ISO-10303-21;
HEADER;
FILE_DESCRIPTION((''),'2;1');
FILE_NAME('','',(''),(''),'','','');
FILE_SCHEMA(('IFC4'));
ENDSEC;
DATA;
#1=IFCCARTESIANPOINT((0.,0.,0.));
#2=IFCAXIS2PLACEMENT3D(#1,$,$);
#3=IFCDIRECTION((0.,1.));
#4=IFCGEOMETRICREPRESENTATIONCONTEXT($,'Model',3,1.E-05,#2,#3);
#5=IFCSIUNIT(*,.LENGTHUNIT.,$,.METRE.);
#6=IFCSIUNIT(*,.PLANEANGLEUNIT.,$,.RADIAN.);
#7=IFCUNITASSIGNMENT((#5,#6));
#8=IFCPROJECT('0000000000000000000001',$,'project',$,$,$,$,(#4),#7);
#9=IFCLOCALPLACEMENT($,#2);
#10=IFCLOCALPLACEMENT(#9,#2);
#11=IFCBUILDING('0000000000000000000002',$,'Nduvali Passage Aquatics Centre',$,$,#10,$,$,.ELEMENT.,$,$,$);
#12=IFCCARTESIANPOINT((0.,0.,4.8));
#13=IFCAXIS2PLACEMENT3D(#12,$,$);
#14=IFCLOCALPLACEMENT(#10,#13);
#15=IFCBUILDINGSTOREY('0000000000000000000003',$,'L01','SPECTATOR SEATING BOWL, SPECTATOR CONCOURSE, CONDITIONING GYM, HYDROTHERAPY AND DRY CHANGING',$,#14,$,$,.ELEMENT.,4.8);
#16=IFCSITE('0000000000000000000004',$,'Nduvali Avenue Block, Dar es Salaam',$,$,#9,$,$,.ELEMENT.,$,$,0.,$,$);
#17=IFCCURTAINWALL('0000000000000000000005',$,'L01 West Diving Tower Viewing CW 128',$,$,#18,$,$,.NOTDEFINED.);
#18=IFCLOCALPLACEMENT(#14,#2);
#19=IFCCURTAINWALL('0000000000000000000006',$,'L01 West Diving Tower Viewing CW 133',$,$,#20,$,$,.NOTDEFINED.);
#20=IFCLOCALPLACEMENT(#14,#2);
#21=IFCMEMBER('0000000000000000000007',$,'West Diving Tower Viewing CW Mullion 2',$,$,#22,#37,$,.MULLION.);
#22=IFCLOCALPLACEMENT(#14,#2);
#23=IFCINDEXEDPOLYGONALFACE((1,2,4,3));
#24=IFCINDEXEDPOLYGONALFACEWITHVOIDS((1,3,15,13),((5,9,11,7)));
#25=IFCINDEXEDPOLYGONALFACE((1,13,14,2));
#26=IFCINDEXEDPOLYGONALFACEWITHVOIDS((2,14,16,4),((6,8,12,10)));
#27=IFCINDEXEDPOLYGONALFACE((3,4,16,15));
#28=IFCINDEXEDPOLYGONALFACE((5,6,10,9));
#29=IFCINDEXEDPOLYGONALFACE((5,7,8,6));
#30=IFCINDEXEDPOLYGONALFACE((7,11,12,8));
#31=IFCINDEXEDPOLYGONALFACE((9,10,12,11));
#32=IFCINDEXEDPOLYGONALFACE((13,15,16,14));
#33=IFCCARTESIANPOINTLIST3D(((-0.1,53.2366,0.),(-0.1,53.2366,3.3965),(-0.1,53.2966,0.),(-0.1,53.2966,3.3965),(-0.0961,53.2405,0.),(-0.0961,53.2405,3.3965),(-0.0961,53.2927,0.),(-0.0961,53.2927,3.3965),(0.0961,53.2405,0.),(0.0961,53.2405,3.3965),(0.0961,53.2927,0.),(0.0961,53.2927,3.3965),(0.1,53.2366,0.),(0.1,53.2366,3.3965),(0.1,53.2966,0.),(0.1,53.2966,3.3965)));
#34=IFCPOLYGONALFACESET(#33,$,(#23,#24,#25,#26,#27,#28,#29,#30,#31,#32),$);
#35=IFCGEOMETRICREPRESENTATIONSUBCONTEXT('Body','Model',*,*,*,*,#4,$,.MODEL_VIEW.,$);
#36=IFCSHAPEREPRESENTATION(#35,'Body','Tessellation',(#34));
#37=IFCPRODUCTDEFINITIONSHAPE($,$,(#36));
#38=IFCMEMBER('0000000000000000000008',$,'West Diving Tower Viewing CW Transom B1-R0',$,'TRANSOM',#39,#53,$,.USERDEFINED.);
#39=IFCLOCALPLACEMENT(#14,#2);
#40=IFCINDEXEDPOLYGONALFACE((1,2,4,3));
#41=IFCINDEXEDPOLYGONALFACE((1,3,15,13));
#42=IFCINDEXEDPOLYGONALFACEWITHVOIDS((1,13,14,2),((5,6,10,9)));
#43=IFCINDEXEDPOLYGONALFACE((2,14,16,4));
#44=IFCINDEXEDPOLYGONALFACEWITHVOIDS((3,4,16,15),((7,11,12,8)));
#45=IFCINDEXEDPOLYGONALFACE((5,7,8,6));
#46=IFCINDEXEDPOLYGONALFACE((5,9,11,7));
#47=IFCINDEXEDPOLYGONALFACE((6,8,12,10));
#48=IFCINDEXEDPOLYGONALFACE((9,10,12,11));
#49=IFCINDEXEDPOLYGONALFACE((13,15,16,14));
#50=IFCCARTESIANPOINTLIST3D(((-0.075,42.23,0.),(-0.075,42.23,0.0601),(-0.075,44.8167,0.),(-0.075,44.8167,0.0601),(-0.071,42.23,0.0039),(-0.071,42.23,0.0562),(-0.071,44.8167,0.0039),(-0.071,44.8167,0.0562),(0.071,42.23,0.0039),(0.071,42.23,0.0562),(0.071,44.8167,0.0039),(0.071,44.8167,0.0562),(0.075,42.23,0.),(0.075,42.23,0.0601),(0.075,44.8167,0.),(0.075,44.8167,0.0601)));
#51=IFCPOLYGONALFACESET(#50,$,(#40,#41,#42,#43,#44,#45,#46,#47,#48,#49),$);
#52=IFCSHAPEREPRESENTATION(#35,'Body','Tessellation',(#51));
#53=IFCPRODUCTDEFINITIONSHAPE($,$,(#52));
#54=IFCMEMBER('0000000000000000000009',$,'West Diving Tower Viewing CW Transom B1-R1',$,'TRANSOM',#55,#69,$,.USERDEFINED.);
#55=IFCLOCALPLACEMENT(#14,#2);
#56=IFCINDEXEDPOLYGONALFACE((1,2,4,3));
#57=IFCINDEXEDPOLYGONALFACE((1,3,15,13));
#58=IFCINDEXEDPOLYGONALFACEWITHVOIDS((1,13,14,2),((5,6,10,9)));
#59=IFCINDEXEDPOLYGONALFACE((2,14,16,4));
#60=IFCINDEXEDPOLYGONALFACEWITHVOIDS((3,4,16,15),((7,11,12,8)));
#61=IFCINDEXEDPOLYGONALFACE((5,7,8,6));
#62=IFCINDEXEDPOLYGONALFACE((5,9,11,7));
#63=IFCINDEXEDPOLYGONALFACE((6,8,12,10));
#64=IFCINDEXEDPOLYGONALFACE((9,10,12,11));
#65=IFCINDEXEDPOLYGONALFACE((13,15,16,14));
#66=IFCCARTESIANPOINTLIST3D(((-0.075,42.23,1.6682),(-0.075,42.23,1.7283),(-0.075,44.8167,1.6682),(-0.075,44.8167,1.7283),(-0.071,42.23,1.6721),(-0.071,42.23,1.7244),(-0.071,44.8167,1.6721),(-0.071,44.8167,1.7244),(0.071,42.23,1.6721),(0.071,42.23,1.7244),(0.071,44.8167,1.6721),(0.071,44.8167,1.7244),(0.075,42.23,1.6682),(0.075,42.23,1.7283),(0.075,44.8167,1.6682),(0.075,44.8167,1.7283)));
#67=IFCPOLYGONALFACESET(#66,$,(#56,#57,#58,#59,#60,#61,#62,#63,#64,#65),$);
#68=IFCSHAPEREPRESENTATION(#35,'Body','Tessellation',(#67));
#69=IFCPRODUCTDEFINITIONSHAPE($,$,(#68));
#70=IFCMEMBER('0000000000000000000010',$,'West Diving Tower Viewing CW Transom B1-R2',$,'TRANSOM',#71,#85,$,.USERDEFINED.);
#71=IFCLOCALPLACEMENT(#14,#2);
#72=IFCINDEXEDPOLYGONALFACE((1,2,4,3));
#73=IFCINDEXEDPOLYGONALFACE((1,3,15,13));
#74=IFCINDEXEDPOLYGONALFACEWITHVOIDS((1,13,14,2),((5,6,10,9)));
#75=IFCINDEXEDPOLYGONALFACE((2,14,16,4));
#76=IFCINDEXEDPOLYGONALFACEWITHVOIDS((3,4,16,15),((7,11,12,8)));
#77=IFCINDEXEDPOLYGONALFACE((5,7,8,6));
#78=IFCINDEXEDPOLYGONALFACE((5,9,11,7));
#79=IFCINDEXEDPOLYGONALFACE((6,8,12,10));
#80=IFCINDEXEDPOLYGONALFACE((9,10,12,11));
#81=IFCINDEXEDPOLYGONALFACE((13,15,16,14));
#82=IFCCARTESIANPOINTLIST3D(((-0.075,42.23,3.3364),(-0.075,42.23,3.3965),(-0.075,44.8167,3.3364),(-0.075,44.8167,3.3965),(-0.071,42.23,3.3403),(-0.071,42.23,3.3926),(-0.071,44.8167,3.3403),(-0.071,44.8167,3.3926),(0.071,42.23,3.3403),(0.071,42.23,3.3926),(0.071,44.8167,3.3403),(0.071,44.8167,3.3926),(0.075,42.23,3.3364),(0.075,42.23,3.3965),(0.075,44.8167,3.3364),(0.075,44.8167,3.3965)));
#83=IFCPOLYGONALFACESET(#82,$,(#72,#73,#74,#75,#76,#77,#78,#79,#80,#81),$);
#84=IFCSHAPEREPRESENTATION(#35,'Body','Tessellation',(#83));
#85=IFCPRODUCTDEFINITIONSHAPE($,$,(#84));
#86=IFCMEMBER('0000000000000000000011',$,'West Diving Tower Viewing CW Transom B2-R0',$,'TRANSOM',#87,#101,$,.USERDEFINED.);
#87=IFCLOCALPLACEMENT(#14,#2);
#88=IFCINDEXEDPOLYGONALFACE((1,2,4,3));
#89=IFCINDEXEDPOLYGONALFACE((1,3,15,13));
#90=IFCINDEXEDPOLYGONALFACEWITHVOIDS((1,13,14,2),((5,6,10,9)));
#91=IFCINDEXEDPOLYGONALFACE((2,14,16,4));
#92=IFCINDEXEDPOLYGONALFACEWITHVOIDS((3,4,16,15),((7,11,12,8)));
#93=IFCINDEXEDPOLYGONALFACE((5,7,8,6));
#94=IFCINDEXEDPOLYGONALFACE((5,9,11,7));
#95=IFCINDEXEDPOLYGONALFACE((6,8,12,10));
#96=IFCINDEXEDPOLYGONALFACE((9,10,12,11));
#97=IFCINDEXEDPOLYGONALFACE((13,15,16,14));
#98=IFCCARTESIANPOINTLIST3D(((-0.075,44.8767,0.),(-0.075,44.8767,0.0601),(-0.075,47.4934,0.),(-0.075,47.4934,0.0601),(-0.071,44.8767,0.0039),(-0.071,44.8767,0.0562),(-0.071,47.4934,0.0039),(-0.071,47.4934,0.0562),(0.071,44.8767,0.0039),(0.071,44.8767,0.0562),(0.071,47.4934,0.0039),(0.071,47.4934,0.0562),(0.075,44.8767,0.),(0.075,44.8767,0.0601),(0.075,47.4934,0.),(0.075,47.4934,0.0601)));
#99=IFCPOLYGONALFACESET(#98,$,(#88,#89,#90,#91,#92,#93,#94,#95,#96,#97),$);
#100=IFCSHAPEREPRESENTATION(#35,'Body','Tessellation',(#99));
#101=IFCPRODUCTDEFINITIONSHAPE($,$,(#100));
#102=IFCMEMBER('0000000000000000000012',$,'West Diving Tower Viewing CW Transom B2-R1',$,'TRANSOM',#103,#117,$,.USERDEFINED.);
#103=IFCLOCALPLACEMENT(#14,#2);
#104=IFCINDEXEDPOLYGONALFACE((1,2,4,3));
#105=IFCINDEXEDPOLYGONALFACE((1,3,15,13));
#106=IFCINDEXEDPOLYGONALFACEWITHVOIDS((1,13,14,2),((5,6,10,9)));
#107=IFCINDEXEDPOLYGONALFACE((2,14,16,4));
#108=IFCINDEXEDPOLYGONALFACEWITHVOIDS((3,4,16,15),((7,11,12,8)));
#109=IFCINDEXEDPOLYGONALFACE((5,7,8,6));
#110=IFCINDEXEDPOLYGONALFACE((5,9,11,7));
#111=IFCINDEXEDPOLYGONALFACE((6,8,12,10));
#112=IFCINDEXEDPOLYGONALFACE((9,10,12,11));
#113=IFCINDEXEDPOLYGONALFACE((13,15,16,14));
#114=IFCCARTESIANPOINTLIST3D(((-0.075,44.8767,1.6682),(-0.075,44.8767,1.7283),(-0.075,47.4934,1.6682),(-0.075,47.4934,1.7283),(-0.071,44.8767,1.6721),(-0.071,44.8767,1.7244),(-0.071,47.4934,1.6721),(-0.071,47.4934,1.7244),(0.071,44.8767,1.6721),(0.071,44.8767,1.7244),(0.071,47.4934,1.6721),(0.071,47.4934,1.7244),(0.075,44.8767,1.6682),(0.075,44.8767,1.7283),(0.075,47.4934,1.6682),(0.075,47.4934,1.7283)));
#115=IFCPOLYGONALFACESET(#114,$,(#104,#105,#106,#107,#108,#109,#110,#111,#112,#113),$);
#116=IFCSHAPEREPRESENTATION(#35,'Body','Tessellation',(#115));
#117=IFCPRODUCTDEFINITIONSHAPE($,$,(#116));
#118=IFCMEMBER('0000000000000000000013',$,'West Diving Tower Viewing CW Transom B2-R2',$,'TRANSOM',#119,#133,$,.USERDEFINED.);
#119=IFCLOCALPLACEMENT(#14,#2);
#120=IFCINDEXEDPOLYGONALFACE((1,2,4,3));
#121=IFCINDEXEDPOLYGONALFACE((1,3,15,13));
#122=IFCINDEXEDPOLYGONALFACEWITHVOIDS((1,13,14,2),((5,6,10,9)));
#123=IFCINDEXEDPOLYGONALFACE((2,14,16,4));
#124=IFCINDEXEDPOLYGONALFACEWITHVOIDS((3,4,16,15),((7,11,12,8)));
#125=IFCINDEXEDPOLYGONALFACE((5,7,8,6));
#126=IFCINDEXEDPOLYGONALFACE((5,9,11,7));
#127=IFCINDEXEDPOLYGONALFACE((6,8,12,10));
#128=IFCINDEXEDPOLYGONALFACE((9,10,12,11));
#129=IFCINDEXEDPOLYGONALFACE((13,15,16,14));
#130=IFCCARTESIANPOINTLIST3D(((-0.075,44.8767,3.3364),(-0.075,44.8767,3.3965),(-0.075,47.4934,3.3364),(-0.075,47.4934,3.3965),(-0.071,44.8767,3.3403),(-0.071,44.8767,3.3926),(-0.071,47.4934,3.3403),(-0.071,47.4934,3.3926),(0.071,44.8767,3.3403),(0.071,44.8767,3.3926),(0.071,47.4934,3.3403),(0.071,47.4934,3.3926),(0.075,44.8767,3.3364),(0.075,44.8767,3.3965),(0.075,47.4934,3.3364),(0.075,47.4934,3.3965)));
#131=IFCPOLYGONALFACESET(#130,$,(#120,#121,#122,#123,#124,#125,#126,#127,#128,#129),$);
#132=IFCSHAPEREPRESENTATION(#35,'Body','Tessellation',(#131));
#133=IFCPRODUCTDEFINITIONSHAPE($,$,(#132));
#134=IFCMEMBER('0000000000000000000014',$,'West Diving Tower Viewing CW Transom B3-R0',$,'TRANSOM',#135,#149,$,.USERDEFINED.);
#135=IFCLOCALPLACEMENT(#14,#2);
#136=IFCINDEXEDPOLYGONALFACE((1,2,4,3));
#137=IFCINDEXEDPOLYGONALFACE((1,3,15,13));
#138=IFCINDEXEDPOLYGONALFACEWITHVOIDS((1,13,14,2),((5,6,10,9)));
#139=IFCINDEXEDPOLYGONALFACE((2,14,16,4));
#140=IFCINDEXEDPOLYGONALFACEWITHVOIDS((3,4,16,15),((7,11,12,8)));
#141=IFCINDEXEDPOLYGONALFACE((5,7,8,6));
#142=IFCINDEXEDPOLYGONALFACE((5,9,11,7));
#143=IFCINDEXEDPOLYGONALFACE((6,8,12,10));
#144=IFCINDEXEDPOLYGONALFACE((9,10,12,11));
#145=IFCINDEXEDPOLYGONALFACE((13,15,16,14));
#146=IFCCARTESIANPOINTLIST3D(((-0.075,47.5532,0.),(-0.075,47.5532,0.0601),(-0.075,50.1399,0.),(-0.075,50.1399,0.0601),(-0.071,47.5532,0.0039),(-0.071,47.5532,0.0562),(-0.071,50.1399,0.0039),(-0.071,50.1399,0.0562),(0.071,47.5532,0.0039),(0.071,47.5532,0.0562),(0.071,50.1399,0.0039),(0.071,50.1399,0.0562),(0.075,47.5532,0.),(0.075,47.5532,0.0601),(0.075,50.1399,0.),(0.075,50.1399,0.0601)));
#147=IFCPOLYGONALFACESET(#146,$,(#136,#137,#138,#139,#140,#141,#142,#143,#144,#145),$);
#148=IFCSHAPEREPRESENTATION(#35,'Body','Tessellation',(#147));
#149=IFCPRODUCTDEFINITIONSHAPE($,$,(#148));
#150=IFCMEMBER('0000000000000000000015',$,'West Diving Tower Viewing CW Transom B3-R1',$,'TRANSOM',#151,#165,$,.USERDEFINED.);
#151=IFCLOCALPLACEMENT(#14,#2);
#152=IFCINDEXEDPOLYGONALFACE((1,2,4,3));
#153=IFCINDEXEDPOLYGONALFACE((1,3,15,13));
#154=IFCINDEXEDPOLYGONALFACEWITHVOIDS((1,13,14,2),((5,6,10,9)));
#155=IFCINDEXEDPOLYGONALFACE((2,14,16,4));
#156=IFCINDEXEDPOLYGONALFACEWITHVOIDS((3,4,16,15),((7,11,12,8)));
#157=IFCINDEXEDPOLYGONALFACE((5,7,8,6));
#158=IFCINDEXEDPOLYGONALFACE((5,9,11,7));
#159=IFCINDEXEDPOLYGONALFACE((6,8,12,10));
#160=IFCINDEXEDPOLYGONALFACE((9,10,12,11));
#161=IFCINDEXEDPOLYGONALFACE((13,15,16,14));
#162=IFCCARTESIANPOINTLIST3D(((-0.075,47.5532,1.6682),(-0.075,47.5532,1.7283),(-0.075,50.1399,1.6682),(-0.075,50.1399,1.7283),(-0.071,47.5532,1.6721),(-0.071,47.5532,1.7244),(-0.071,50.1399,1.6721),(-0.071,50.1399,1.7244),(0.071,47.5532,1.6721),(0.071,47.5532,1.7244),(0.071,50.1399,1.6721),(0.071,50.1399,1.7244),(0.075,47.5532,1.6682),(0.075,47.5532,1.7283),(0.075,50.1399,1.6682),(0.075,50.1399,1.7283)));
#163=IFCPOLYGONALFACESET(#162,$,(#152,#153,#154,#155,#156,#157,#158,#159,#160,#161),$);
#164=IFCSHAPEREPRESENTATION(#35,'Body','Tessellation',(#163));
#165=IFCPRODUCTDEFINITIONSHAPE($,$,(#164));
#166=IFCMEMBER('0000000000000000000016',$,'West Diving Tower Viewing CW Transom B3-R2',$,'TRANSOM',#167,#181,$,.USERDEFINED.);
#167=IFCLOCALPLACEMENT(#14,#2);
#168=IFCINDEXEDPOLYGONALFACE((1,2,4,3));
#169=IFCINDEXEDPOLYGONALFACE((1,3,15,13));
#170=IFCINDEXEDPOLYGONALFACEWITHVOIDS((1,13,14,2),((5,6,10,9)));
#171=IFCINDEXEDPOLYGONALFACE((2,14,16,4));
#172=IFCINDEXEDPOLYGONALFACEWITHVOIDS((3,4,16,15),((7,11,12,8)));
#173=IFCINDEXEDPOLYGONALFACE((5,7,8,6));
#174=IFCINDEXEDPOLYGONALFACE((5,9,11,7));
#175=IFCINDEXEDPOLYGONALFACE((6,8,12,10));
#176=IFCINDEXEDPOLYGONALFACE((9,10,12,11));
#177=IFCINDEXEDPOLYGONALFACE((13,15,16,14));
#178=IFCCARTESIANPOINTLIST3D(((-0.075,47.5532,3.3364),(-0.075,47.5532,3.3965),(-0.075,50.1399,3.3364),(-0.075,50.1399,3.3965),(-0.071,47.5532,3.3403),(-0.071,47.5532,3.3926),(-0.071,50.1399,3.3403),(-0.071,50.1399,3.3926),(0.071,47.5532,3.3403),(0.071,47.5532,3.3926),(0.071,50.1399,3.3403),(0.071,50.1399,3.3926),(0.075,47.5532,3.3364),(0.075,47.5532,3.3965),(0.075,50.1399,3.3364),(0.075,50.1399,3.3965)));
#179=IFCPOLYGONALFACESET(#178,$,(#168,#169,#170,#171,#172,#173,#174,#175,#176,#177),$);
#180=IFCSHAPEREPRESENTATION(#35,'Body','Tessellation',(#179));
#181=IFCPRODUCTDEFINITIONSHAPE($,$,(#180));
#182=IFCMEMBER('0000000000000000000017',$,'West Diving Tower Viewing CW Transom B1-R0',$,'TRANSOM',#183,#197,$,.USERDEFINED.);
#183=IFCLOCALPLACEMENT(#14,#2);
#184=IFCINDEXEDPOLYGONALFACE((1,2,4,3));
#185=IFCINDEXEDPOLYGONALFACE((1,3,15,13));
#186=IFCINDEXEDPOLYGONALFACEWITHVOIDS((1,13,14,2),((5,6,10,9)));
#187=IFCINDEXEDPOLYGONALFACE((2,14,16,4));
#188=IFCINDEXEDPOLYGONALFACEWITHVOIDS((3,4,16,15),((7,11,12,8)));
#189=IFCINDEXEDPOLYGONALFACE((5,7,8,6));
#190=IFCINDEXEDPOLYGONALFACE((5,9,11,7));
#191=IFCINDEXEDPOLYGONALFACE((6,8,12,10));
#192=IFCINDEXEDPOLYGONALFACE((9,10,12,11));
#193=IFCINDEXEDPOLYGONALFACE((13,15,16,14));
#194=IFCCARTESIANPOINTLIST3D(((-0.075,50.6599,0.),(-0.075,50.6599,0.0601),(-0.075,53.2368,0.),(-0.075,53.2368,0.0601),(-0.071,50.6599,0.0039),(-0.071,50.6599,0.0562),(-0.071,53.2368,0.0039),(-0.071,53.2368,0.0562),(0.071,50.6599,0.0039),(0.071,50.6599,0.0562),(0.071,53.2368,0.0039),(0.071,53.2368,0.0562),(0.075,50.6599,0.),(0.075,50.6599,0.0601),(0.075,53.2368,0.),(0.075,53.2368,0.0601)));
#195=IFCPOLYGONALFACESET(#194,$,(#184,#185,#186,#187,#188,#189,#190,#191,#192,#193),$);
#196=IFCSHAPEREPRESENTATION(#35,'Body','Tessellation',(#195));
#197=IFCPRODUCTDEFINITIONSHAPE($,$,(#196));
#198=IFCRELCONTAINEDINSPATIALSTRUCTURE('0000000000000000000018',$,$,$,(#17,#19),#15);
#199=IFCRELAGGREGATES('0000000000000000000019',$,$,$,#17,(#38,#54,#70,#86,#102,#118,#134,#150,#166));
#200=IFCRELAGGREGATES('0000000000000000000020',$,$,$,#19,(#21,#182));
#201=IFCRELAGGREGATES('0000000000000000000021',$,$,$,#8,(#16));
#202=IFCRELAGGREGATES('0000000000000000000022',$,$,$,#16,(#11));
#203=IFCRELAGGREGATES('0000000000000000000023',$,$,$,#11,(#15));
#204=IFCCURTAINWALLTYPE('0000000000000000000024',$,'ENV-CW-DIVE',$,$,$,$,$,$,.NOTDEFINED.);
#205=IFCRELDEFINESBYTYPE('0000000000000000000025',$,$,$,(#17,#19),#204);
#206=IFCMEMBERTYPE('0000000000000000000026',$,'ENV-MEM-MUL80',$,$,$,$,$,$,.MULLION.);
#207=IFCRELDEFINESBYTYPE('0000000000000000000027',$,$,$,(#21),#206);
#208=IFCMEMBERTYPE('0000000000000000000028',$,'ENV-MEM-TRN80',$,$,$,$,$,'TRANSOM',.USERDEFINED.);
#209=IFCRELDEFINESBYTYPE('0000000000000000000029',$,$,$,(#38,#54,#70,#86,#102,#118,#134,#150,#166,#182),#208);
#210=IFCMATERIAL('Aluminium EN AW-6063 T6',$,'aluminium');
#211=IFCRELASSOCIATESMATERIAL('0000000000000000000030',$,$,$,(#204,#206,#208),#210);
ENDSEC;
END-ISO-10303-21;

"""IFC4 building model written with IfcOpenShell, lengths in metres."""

from ifc_helpers import new_model, si_unit, direction, frame, origin, origin_2d, place, context, subcontext, project, spatial, hollow_rectangle, extrude, material, material_profile, profile_set, type_object, element, aggregate, save


model = new_model("IFC4")

# Units and contexts
model_context = context("Model", 3, precision=1e-05, world=origin(), true_north=direction((0.0, 1.0)))
body_context = subcontext(model_context, "Body", "Model", "MODEL_VIEW")
ifc_project = project(units=[si_unit("LENGTHUNIT", "METRE"), si_unit("PLANEANGLEUNIT", "RADIAN")], contexts=[model_context])

# Site, building, storey
site_placement = place(None, origin())
site = spatial("IfcSite", under=ifc_project, at=site_placement, Name="Nduvali Avenue Block, Dar es Salaam", CompositionType="ELEMENT", RefElevation=0.0)
building_placement = place(site_placement, origin())
building = spatial("IfcBuilding", under=site, at=building_placement, Name="Nduvali Passage Aquatics Centre", CompositionType="ELEMENT")
storey_placement = place(building_placement, frame((0.0, 0.0, 4.8)))
storey = spatial("IfcBuildingStorey", under=building, at=storey_placement, Name="L01", Description="SPECTATOR SEATING BOWL, SPECTATOR CONCOURSE, CONDITIONING GYM, HYDROTHERAPY AND DRY CHANGING", CompositionType="ELEMENT", Elevation=4.8)

# Curtain walls, member
ifc_material_1 = material(Name="Aluminium EN AW-6063 T6", Category="aluminium")
curtain_wall_type = type_object("IfcCurtainWallType", Name="ENV-CW-DIVE", PredefinedType="NOTDEFINED", material=ifc_material_1)
curtain_wall_1_placement = place(storey_placement, origin())
curtain_wall_1 = element("IfcCurtainWall", 1, at=curtain_wall_1_placement, inside=storey, type_object=curtain_wall_type, Name="L01 West Diving Tower Viewing CW 128", PredefinedType="NOTDEFINED")
ifc_material_profile_1 = material_profile(ifc_material_1, hollow_rectangle(XDim=0.0601, YDim=0.2, WallThickness=0.0039, at=origin_2d()), Name="ALU MULLION 60x200x4")
ifc_profile_set_1 = profile_set([ifc_material_profile_1], Name="Aluminium EN AW-6063 T6")
member_type_1 = type_object("IfcMemberType", Name="ENV-MEM-MUL80", PredefinedType="MULLION", material=ifc_profile_set_1)
curtain_wall_2_placement = place(storey_placement, origin())
curtain_wall_2 = element("IfcCurtainWall", 2, at=curtain_wall_2_placement, inside=storey, type_object=curtain_wall_type, Name="L01 West Diving Tower Viewing CW 133", PredefinedType="NOTDEFINED")
member_1_placement = place(storey_placement, frame((0.0, 53.2666, 0.0), z_axis=(0.0, 0.0, 1.0), x_axis=(0.0, 1.0, 0.0)))
member_1 = element("IfcMember", 3, at=member_1_placement, type_object=member_type_1, Name="West Diving Tower Viewing CW Mullion 2", PredefinedType="MULLION", context=body_context, shape_type="SweptSolid", body=[
    extrude(hollow_rectangle(XDim=0.0601, YDim=0.2, WallThickness=0.0039, at=origin_2d()), origin(), (0.0, 0.0, 1.0), 3.3965),
])

# Members
ifc_material_profile_2 = material_profile(ifc_material_1, hollow_rectangle(XDim=0.1499, YDim=0.0601, WallThickness=0.0039, at=origin_2d()), Name="ALU TRANSOM 150x60x4")
ifc_profile_set_2 = profile_set([ifc_material_profile_2], Name="Aluminium EN AW-6063 T6")
member_type_2 = type_object("IfcMemberType", Name="ENV-MEM-TRN80", ElementType="TRANSOM", PredefinedType="USERDEFINED", material=ifc_profile_set_2)
member_2_placement = place(storey_placement, frame((0.0, 42.23, 0.03), z_axis=(0.0, 1.0, 0.0), x_axis=(-1.0, 0.0, 0.0)))
member_2 = element("IfcMember", 4, at=member_2_placement, type_object=member_type_2, Name="West Diving Tower Viewing CW Transom B1-R0", ObjectType="TRANSOM", PredefinedType="USERDEFINED", context=body_context, shape_type="SweptSolid", body=[
    extrude(hollow_rectangle(XDim=0.1499, YDim=0.0601, WallThickness=0.0039, at=origin_2d()), origin(), (0.0, 0.0, 1.0), 2.5867),
])
member_3_placement = place(storey_placement, frame((0.0, 42.23, 1.6982), z_axis=(0.0, 1.0, 0.0), x_axis=(-1.0, 0.0, 0.0)))
member_3 = element("IfcMember", 5, at=member_3_placement, type_object=member_type_2, Name="West Diving Tower Viewing CW Transom B1-R1", ObjectType="TRANSOM", PredefinedType="USERDEFINED", context=body_context, shape_type="SweptSolid", body=[
    extrude(hollow_rectangle(XDim=0.1499, YDim=0.0601, WallThickness=0.0039, at=origin_2d()), origin(), (0.0, 0.0, 1.0), 2.5867),
])
member_4_placement = place(storey_placement, frame((0.0, 42.23, 3.3665), z_axis=(0.0, 1.0, 0.0), x_axis=(-1.0, 0.0, 0.0)))
member_4 = element("IfcMember", 6, at=member_4_placement, type_object=member_type_2, Name="West Diving Tower Viewing CW Transom B1-R2", ObjectType="TRANSOM", PredefinedType="USERDEFINED", context=body_context, shape_type="SweptSolid", body=[
    extrude(hollow_rectangle(XDim=0.1499, YDim=0.0601, WallThickness=0.0039, at=origin_2d()), origin(), (0.0, 0.0, 1.0), 2.5867),
])
member_5_placement = place(storey_placement, frame((0.0, 44.8767, 0.03), z_axis=(0.0, 1.0, 0.0), x_axis=(-1.0, 0.0, 0.0)))
member_5 = element("IfcMember", 7, at=member_5_placement, type_object=member_type_2, Name="West Diving Tower Viewing CW Transom B2-R0", ObjectType="TRANSOM", PredefinedType="USERDEFINED", context=body_context, shape_type="SweptSolid", body=[
    extrude(hollow_rectangle(XDim=0.1499, YDim=0.0601, WallThickness=0.0039, at=origin_2d()), origin(), (0.0, 0.0, 1.0), 2.6167),
])
member_6_placement = place(storey_placement, frame((0.0, 44.8767, 1.6982), z_axis=(0.0, 1.0, 0.0), x_axis=(-1.0, 0.0, 0.0)))
member_6 = element("IfcMember", 8, at=member_6_placement, type_object=member_type_2, Name="West Diving Tower Viewing CW Transom B2-R1", ObjectType="TRANSOM", PredefinedType="USERDEFINED", context=body_context, shape_type="SweptSolid", body=[
    extrude(hollow_rectangle(XDim=0.1499, YDim=0.0601, WallThickness=0.0039, at=origin_2d()), origin(), (0.0, 0.0, 1.0), 2.6167),
])
member_7_placement = place(storey_placement, frame((0.0, 44.8767, 3.3665), z_axis=(0.0, 1.0, 0.0), x_axis=(-1.0, 0.0, 0.0)))
member_7 = element("IfcMember", 9, at=member_7_placement, type_object=member_type_2, Name="West Diving Tower Viewing CW Transom B2-R2", ObjectType="TRANSOM", PredefinedType="USERDEFINED", context=body_context, shape_type="SweptSolid", body=[
    extrude(hollow_rectangle(XDim=0.1499, YDim=0.0601, WallThickness=0.0039, at=origin_2d()), origin(), (0.0, 0.0, 1.0), 2.6167),
])
member_8_placement = place(storey_placement, frame((0.0, 47.5532, 0.03), z_axis=(0.0, 1.0, 0.0), x_axis=(-1.0, 0.0, 0.0)))
member_8 = element("IfcMember", 10, at=member_8_placement, type_object=member_type_2, Name="West Diving Tower Viewing CW Transom B3-R0", ObjectType="TRANSOM", PredefinedType="USERDEFINED", context=body_context, shape_type="SweptSolid", body=[
    extrude(hollow_rectangle(XDim=0.1499, YDim=0.0601, WallThickness=0.0039, at=origin_2d()), origin(), (0.0, 0.0, 1.0), 2.5867),
])
member_9_placement = place(storey_placement, frame((0.0, 47.5532, 1.6982), z_axis=(0.0, 1.0, 0.0), x_axis=(-1.0, 0.0, 0.0)))
member_9 = element("IfcMember", 11, at=member_9_placement, type_object=member_type_2, Name="West Diving Tower Viewing CW Transom B3-R1", ObjectType="TRANSOM", PredefinedType="USERDEFINED", context=body_context, shape_type="SweptSolid", body=[
    extrude(hollow_rectangle(XDim=0.1499, YDim=0.0601, WallThickness=0.0039, at=origin_2d()), origin(), (0.0, 0.0, 1.0), 2.5867),
])
member_10_placement = place(storey_placement, frame((0.0, 47.5532, 3.3665), z_axis=(0.0, 1.0, 0.0), x_axis=(-1.0, 0.0, 0.0)))
member_10 = element("IfcMember", 12, at=member_10_placement, type_object=member_type_2, Name="West Diving Tower Viewing CW Transom B3-R2", ObjectType="TRANSOM", PredefinedType="USERDEFINED", context=body_context, shape_type="SweptSolid", body=[
    extrude(hollow_rectangle(XDim=0.1499, YDim=0.0601, WallThickness=0.0039, at=origin_2d()), origin(), (0.0, 0.0, 1.0), 2.5867),
])
member_11_placement = place(storey_placement, frame((0.0, 50.6599, 0.03), z_axis=(0.0, 1.0, 0.0), x_axis=(-1.0, 0.0, 0.0)))
member_11 = element("IfcMember", 13, at=member_11_placement, type_object=member_type_2, Name="West Diving Tower Viewing CW Transom B1-R0", ObjectType="TRANSOM", PredefinedType="USERDEFINED", context=body_context, shape_type="SweptSolid", body=[
    extrude(hollow_rectangle(XDim=0.1499, YDim=0.0601, WallThickness=0.0039, at=origin_2d()), origin(), (0.0, 0.0, 1.0), 2.5769),
])

aggregate(curtain_wall_1, [member_2, member_3, member_4, member_5, member_6, member_7, member_8, member_9, member_10])
aggregate(curtain_wall_2, [member_1, member_11])

save(model, "model.ifc")
